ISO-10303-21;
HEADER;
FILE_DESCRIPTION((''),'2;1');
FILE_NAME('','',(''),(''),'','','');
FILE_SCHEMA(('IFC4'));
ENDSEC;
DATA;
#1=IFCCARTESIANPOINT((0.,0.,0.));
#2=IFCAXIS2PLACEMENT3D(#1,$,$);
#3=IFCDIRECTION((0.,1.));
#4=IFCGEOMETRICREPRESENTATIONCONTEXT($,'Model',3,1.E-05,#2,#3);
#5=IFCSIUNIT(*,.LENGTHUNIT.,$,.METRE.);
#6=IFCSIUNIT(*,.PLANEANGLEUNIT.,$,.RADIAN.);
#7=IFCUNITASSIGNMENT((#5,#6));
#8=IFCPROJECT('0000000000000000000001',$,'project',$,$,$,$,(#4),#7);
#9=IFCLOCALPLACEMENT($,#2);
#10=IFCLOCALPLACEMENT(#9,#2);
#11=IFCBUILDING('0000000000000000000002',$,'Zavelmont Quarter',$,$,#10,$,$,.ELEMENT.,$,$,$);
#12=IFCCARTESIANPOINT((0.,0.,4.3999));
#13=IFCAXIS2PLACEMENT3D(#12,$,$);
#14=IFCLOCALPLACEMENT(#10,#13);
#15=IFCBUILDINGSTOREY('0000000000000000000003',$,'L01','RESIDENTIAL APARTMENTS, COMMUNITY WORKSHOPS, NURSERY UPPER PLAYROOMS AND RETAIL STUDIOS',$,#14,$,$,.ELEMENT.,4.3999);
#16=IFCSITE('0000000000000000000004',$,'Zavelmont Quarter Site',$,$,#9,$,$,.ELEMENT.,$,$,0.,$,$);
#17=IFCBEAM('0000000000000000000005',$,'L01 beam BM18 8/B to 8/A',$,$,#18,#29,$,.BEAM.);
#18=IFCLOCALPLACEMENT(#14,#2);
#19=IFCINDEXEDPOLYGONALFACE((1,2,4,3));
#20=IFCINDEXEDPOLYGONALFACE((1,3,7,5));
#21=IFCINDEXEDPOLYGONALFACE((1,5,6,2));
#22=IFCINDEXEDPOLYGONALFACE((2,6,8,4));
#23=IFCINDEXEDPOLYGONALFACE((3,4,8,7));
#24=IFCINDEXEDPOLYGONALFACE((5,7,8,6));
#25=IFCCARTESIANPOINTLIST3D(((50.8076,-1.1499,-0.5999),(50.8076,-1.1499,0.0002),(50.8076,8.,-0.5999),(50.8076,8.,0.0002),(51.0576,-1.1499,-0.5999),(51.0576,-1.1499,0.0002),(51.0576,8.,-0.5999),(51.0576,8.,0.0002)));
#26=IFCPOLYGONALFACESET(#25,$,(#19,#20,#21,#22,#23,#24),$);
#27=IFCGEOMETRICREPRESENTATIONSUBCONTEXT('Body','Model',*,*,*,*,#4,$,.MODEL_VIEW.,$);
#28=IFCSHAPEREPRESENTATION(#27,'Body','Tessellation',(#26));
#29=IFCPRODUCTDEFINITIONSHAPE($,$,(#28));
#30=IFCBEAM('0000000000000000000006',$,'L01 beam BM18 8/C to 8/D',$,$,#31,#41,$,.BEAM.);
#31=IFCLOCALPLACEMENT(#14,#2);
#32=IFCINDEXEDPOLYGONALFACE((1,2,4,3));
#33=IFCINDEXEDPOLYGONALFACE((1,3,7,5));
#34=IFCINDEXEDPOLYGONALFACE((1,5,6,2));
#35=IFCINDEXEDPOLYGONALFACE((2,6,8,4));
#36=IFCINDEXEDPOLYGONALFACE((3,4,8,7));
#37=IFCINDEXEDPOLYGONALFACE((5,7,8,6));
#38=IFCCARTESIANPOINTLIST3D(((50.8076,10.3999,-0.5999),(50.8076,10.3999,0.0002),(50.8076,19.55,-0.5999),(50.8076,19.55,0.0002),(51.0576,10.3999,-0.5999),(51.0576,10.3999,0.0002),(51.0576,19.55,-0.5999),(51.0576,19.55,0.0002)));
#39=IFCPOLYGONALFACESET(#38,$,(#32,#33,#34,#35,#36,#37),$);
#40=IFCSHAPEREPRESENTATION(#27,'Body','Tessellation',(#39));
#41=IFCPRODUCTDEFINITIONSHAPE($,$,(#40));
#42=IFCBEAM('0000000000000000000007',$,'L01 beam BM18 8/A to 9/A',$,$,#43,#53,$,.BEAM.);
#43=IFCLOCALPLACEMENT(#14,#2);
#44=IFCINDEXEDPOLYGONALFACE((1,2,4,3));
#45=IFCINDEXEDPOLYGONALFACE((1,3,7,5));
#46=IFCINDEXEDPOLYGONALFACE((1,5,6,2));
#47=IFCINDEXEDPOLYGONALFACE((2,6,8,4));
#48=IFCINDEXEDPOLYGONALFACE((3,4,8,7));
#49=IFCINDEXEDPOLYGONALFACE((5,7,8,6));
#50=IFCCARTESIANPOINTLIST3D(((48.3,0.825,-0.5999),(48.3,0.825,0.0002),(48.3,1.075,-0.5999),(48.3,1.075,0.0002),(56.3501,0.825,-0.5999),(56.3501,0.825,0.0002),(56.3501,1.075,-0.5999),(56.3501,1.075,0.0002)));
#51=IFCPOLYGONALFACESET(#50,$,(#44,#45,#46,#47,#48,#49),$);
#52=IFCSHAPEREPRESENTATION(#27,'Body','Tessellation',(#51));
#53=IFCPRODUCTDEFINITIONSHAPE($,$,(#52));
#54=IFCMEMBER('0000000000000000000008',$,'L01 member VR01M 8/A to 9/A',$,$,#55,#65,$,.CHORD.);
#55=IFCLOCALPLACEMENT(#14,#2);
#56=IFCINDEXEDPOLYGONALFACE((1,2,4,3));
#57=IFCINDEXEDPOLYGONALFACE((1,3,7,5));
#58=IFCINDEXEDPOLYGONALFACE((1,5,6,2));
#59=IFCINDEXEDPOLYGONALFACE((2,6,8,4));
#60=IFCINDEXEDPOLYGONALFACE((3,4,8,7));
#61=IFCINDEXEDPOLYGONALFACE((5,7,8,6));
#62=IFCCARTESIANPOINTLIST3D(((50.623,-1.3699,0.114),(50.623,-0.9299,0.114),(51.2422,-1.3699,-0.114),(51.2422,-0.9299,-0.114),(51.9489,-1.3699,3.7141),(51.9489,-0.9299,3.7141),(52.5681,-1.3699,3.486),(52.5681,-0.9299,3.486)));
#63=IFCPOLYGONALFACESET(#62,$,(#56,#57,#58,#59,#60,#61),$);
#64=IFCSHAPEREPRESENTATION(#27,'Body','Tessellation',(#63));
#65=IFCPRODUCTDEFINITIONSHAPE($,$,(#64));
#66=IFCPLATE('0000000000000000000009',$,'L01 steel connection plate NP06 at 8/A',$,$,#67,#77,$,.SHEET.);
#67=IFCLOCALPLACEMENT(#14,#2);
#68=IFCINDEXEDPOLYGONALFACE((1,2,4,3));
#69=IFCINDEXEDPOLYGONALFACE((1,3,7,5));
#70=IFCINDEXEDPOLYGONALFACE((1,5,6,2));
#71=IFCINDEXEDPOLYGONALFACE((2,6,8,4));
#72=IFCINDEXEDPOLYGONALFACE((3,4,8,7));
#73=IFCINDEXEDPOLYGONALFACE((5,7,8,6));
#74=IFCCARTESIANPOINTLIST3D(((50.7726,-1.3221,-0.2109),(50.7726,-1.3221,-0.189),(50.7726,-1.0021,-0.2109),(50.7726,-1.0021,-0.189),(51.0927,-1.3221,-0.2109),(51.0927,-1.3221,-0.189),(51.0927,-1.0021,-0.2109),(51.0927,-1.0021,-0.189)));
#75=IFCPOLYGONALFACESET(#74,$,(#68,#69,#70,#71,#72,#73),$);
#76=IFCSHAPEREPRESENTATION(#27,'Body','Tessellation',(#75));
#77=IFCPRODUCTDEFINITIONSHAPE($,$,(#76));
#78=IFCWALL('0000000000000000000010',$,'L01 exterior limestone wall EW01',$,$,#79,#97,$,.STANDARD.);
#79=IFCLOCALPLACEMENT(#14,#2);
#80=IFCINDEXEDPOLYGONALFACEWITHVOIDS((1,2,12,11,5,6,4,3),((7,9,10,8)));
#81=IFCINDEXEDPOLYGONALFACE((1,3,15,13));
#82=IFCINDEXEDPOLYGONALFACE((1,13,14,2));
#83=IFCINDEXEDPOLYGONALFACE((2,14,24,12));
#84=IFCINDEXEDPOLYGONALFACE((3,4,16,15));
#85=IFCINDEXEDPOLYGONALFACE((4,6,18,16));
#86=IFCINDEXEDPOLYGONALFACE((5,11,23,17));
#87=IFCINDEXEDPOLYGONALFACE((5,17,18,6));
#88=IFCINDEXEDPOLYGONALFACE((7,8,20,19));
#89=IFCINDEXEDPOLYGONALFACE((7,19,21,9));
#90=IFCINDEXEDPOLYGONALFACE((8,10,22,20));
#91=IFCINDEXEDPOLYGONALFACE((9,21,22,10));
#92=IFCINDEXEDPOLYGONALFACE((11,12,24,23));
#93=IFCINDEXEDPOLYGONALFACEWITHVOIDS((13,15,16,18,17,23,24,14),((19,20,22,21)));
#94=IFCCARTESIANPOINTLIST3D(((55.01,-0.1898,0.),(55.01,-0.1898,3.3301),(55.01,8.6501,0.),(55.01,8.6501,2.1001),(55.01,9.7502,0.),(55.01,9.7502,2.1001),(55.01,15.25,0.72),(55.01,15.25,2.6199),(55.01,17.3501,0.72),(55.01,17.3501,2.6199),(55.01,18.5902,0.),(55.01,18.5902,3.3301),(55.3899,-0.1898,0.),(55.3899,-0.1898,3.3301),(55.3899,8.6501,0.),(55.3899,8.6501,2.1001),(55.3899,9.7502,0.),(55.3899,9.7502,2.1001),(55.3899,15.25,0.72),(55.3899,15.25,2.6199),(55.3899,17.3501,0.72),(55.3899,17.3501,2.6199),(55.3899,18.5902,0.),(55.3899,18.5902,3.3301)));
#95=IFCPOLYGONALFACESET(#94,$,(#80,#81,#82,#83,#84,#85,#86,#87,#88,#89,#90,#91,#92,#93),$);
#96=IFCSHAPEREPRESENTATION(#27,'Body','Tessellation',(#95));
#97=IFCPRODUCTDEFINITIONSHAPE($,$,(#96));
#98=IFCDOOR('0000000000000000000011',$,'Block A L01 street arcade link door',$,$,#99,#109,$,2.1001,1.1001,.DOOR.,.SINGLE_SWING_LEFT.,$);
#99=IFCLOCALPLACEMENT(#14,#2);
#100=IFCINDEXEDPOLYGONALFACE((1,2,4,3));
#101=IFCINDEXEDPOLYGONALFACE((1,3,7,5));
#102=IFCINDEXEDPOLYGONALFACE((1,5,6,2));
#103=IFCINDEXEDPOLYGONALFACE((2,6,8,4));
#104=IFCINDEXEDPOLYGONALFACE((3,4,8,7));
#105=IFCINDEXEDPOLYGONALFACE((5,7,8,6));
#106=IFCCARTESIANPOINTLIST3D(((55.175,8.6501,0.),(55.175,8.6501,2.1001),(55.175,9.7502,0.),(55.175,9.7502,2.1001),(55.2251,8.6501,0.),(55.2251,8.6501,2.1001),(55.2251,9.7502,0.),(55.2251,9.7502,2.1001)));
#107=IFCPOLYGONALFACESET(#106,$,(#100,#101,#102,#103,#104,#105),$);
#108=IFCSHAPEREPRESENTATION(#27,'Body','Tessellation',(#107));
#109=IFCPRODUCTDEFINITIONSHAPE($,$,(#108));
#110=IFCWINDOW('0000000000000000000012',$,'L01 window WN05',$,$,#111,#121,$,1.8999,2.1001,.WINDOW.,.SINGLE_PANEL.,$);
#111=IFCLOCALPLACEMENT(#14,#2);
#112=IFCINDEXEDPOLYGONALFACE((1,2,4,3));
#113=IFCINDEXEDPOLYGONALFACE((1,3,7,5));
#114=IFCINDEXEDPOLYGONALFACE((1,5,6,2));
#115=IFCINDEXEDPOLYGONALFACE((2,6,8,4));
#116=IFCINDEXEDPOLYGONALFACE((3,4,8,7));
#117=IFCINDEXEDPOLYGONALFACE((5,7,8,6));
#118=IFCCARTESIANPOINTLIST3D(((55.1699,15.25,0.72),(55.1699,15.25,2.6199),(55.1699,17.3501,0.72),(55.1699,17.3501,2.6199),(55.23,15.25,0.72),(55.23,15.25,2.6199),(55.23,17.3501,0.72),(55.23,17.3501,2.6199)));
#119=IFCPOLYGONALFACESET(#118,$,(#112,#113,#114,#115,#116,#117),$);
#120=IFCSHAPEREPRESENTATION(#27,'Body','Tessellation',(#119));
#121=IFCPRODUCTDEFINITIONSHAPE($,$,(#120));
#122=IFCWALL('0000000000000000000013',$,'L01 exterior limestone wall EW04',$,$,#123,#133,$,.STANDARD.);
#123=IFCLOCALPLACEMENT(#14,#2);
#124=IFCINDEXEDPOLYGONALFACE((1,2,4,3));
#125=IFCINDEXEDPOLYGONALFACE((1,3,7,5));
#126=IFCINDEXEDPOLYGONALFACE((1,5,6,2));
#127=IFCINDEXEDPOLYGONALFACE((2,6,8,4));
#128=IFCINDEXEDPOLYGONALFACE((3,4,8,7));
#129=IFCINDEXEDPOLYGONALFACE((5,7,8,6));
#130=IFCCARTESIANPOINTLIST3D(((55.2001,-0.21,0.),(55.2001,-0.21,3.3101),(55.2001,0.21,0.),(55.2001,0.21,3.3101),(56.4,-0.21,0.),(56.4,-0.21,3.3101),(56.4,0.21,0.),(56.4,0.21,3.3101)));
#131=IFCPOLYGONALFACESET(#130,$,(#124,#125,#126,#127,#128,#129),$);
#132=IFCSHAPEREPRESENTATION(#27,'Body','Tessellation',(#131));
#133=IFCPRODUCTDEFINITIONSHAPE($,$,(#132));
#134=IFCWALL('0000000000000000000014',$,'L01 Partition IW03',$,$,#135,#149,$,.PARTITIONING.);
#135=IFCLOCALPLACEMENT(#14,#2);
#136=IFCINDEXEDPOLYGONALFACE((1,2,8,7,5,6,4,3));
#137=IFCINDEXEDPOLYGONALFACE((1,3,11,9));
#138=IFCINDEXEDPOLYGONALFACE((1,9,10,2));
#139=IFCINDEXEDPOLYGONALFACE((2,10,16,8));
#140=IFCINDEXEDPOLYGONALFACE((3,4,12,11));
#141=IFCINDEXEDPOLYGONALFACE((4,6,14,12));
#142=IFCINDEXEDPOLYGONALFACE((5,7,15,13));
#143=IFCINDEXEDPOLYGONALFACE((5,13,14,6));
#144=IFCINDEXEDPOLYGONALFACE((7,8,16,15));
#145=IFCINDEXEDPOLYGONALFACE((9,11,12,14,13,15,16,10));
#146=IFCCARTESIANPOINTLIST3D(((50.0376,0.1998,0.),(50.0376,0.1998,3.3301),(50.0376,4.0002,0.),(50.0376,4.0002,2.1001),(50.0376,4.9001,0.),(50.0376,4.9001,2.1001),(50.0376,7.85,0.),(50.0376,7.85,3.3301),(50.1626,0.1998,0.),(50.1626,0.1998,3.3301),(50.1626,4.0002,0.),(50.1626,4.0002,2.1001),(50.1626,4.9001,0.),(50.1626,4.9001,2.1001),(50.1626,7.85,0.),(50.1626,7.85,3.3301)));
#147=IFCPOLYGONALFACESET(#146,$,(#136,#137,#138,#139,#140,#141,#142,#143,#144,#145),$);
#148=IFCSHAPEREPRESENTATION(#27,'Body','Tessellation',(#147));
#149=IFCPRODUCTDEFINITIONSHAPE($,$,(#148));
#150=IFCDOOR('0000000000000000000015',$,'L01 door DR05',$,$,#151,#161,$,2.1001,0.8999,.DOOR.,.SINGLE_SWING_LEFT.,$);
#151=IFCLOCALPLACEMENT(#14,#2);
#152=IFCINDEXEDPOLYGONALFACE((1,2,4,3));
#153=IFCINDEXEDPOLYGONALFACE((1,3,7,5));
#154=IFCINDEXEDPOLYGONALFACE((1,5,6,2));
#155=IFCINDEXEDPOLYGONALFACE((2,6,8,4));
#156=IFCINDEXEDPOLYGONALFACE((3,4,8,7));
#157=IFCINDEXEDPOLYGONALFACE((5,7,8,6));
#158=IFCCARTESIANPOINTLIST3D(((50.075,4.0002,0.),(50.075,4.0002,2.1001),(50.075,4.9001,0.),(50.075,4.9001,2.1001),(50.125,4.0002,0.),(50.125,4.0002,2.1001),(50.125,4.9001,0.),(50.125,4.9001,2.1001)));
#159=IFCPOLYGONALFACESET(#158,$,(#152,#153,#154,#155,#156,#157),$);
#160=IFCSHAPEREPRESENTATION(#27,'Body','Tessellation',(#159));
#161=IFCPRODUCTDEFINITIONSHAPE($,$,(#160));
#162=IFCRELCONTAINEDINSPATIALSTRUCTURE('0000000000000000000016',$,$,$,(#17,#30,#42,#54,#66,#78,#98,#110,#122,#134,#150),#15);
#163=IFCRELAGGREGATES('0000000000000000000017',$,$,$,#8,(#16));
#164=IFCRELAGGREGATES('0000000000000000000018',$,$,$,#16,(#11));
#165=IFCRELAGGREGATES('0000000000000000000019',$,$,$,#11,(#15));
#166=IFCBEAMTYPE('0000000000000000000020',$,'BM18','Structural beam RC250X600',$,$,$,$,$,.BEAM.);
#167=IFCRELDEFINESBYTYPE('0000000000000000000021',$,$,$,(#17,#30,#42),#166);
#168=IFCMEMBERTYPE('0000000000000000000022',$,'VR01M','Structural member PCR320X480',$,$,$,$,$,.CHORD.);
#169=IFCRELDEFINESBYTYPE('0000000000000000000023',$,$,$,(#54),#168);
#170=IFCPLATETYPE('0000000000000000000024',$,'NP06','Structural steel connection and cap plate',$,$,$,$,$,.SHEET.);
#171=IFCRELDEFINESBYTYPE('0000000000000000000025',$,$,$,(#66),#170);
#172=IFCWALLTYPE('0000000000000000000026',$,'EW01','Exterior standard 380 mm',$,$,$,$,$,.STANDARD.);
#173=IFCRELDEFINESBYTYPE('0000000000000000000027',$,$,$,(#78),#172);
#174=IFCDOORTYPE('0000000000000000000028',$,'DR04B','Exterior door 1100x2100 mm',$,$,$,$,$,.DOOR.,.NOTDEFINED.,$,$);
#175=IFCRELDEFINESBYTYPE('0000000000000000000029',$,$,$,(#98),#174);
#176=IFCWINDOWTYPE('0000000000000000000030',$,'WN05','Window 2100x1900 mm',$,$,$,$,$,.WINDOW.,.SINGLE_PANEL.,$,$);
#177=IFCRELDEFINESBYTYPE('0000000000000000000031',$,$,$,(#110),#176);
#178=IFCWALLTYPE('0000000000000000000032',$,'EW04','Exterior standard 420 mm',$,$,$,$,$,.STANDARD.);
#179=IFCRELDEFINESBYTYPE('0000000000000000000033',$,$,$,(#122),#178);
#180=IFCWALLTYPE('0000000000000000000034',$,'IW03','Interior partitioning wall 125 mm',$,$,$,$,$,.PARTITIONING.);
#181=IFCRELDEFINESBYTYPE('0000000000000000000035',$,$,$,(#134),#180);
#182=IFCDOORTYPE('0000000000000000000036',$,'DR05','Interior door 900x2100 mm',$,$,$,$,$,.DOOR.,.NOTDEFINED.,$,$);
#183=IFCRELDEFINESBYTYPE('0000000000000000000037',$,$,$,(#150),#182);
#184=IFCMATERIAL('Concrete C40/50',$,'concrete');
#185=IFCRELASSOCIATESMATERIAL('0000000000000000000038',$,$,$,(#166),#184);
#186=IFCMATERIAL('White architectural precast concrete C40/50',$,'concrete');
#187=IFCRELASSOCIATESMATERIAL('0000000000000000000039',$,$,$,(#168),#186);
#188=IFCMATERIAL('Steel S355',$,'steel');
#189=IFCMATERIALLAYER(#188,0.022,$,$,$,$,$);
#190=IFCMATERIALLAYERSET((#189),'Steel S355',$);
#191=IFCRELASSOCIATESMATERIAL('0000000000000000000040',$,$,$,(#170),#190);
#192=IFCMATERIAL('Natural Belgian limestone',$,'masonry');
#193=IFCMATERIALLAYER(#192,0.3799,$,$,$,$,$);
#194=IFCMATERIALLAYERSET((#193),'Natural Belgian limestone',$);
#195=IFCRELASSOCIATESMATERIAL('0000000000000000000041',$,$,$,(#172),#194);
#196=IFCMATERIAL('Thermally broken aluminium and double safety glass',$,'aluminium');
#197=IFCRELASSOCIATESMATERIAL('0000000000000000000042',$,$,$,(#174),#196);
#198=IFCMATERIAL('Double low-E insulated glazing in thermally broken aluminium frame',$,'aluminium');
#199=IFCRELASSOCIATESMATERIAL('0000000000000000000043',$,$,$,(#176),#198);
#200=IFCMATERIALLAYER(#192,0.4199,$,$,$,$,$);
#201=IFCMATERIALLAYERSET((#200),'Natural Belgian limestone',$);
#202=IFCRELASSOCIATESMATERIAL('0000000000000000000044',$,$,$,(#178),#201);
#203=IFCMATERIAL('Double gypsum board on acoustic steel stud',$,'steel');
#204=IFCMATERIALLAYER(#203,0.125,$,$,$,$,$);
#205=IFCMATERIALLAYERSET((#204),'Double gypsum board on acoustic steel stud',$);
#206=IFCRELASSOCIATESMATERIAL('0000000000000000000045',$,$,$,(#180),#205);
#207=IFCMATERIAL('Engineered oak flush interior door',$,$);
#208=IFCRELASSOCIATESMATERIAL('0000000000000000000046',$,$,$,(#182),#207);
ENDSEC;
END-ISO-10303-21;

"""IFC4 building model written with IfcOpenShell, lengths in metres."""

from ifc_helpers import new_model, si_unit, direction, frame, frame_2d, origin, origin_with_axes, origin_2d, place, context, subcontext, project, spatial, rectangle, extrude, material, layer, layer_set, material_profile, profile_set, type_object, element, fill, save


model = new_model("IFC4")

# Units and contexts
model_context = context("Model", 3, precision=1e-05, world=origin(), true_north=direction((0.0, 1.0)))
body_context = subcontext(model_context, "Body", "Model", "MODEL_VIEW")
ifc_project = project(units=[si_unit("LENGTHUNIT", "METRE"), si_unit("PLANEANGLEUNIT", "RADIAN")], contexts=[model_context])

# Site, building, storey
site_placement = place(None, origin())
site = spatial("IfcSite", under=ifc_project, at=site_placement, Name="Zavelmont Quarter Site", CompositionType="ELEMENT", RefElevation=0.0)
building_placement = place(site_placement, origin())
building = spatial("IfcBuilding", under=site, at=building_placement, Name="Zavelmont Quarter", CompositionType="ELEMENT")
storey_placement = place(building_placement, frame((0.0, 0.0, 4.3999)))
storey = spatial("IfcBuildingStorey", under=building, at=storey_placement, Name="L01", Description="RESIDENTIAL APARTMENTS, COMMUNITY WORKSHOPS, NURSERY UPPER PLAYROOMS AND RETAIL STUDIOS", CompositionType="ELEMENT", Elevation=4.3999)

# Shared definitions
ifc_material_1 = material(Name="Concrete C40/50", Category="concrete")

# Beams
ifc_material_2 = material(Name="Steel S355", Category="steel")
ifc_material_profile_1 = material_profile(ifc_material_1, rectangle(XDim=0.25, YDim=0.6001, at=origin_2d()), Name="RC250X600")
ifc_profile_set_1 = profile_set([ifc_material_profile_1], Name="Concrete C40/50")
beam_type_1 = type_object("IfcBeamType", Name="BM18", Description="Structural beam RC250X600", PredefinedType="BEAM", material=ifc_profile_set_1)
beam_1_placement = place(storey_placement, frame((50.9326, 8.0, -0.2998), z_axis=(0.0, -1.0, 0.0), x_axis=(1.0, 0.0, 0.0)))
element("IfcBeam", 1, at=beam_1_placement, inside=storey, type_object=beam_type_1, Name="L01 beam BM18 8/B to 8/A", PredefinedType="BEAM", context=body_context, shape_type="SweptSolid", body=[
    extrude(rectangle(XDim=0.25, YDim=0.6001, at=origin_2d()), origin(), (0.0, 0.0, 1.0), 9.1499),
])
beam_2_placement = place(storey_placement, frame((50.9326, 10.3999, -0.2998), z_axis=(0.0, 1.0, 0.0), x_axis=(-1.0, 0.0, 0.0)))
element("IfcBeam", 2, at=beam_2_placement, inside=storey, type_object=beam_type_1, Name="L01 beam BM18 8/C to 8/D", PredefinedType="BEAM", context=body_context, shape_type="SweptSolid", body=[
    extrude(rectangle(XDim=0.25, YDim=0.6001, at=origin_2d()), origin(), (0.0, 0.0, 1.0), 9.1501),
])
beam_3_placement = place(storey_placement, frame((48.3, 0.95, -0.2998), z_axis=(1.0, 0.0, 0.0), x_axis=(0.0, 1.0, 0.0)))
element("IfcBeam", 3, at=beam_3_placement, inside=storey, type_object=beam_type_1, Name="L01 beam BM18 8/A to 9/A", PredefinedType="BEAM", context=body_context, shape_type="SweptSolid", body=[
    extrude(rectangle(XDim=0.25, YDim=0.6001, at=origin_2d()), origin(), (0.0, 0.0, 1.0), 8.05),
])

# Member
ifc_material_3 = material(Name="White architectural precast concrete C40/50", Category="concrete")
ifc_material_profile_2 = material_profile(ifc_material_3, rectangle(XDim=0.4399, YDim=0.6599, at=origin_2d()), Name="PCR320X480")
ifc_profile_set_2 = profile_set([ifc_material_profile_2], Name="White architectural precast concrete C40/50")
member_type = type_object("IfcMemberType", Name="VR01M", Description="Structural member PCR320X480", PredefinedType="CHORD", material=ifc_profile_set_2)
member_placement = place(storey_placement, frame((50.9326, -1.1499, 0.0), z_axis=(0.345608, 0.0, 0.938379), x_axis=(0.0, 1.0, 0.0)))
element("IfcMember", 4, at=member_placement, inside=storey, type_object=member_type, Name="L01 member VR01M 8/A to 9/A", PredefinedType="CHORD", context=body_context, shape_type="SweptSolid", body=[
    extrude(rectangle(XDim=0.4399, YDim=0.6599, at=origin_2d()), origin(), (0.0, 0.0, 1.0), 3.8364),
])

# Plate
ifc_layer_1 = layer(ifc_material_2, 0.022)
ifc_layer_set_1 = layer_set([ifc_layer_1], Name="Steel S355")
plate_type = type_object("IfcPlateType", Name="NP06", Description="Structural steel connection and cap plate", PredefinedType="SHEET", material=ifc_layer_set_1)
plate_placement = place(storey_placement, frame((50.9326, -1.1621, -0.2109), z_axis=(0.0, 0.0, 1.0), x_axis=(1.0, 0.0, 0.0)))
element("IfcPlate", 5, at=plate_placement, inside=storey, type_object=plate_type, Name="L01 steel connection plate NP06 at 8/A", PredefinedType="SHEET", context=body_context, shape_type="SweptSolid", body=[
    extrude(rectangle(XDim=0.3201, YDim=0.3201, at=origin_2d()), origin(), (0.0, 0.0, 1.0), 0.022),
])

# Wall, openings, door, window
ifc_material_4 = material(Name="Natural Belgian limestone", Category="masonry")
ifc_layer_2 = layer(ifc_material_4, 0.3799)
ifc_layer_set_2 = layer_set([ifc_layer_2], Name="Natural Belgian limestone")
wall_type_1 = type_object("IfcWallType", Name="EW01", Description="Exterior standard 380 mm", PredefinedType="STANDARD", material=ifc_layer_set_2)
wall_1_placement = place(storey_placement, frame((55.2, -0.1899, 0.0), z_axis=(0.0, 0.0, 1.0), x_axis=(0.0, 1.0, 0.0)))
wall_1 = element("IfcWall", 6, at=wall_1_placement, inside=storey, type_object=wall_type_1, Name="L01 exterior limestone wall EW01", PredefinedType="STANDARD", context=body_context, shape_type="SweptSolid", body=[
    extrude(rectangle(XDim=18.78, YDim=0.3799, at=frame_2d((9.3901, 0.0))), origin(), (0.0, 0.0, 1.0), 3.3301),
])
opening_1_placement = place(wall_1_placement, frame((8.8401, 0.0, 0.0)))
opening_1 = element("IfcOpeningElement", 7, at=opening_1_placement, cuts=wall_1, PredefinedType="OPENING", context=body_context, shape_type="SweptSolid", body=[
    extrude(rectangle(XDim=1.1001, YDim=2.1001, at=frame_2d((0.55, 1.05))), frame((0.0, 0.2019, 0.0), z_axis=(0.0, -1.0, 0.0), x_axis=(1.0, 0.0, 0.0)), (0.0, 0.0, 1.0), 0.4038),
])
opening_2_placement = place(wall_1_placement, frame((15.4399, 0.0, 0.72)))
opening_2 = element("IfcOpeningElement", 8, at=opening_2_placement, cuts=wall_1, PredefinedType="OPENING", context=body_context, shape_type="SweptSolid", body=[
    extrude(rectangle(XDim=2.1001, YDim=1.8999, at=frame_2d((1.05, 0.95))), frame((0.0, 0.2019, 0.0), z_axis=(0.0, -1.0, 0.0), x_axis=(1.0, 0.0, 0.0)), (0.0, 0.0, 1.0), 0.4038),
])
ifc_material_5 = material(Name="Thermally broken aluminium and double safety glass", Category="aluminium")
door_type_1 = type_object("IfcDoorType", Name="DR04B", Description="Exterior door 1100x2100 mm", OperationType="NOTDEFINED", PredefinedType="DOOR", material=ifc_material_5)
door_1_placement = place(opening_1_placement, origin_with_axes())
door_1 = element("IfcDoor", 9, at=door_1_placement, inside=storey, type_object=door_type_1, Name="Block A L01 street arcade link door", OperationType="SINGLE_SWING_LEFT", OverallHeight=2.1001, OverallWidth=1.1001, PredefinedType="DOOR", context=body_context, shape_type="SweptSolid", body=[
    extrude(rectangle(XDim=1.1001, YDim=2.1001, at=frame_2d((0.55, 1.05))), frame((0.0, 0.0249, 0.0), z_axis=(0.0, -1.0, 0.0), x_axis=(1.0, 0.0, 0.0)), (0.0, 0.0, 1.0), 0.05),
])
fill(opening_1, door_1)
ifc_material_6 = material(Name="Double low-E insulated glazing in thermally broken aluminium frame", Category="aluminium")
window_type = type_object("IfcWindowType", Name="WN05", Description="Window 2100x1900 mm", PartitioningType="SINGLE_PANEL", PredefinedType="WINDOW", material=ifc_material_6)
window_placement = place(opening_2_placement, origin_with_axes())
window = element("IfcWindow", 10, at=window_placement, inside=storey, type_object=window_type, Name="L01 window WN05", OverallHeight=1.8999, OverallWidth=2.1001, PartitioningType="SINGLE_PANEL", PredefinedType="WINDOW", context=body_context, shape_type="SweptSolid", body=[
    extrude(rectangle(XDim=2.1001, YDim=1.8999, at=frame_2d((1.05, 0.95))), frame((0.0, 0.03, 0.0), z_axis=(0.0, -1.0, 0.0), x_axis=(1.0, 0.0, 0.0)), (0.0, 0.0, 1.0), 0.0601),
])
fill(opening_2, window)

# Wall
ifc_layer_3 = layer(ifc_material_4, 0.4199)
ifc_layer_set_3 = layer_set([ifc_layer_3], Name="Natural Belgian limestone")
wall_type_2 = type_object("IfcWallType", Name="EW04", Description="Exterior standard 420 mm", PredefinedType="STANDARD", material=ifc_layer_set_3)
wall_2_placement = place(storey_placement, frame((55.2, 0.0, 0.0), z_axis=(0.0, 0.0, 1.0), x_axis=(1.0, 0.0, 0.0)))
element("IfcWall", 11, at=wall_2_placement, inside=storey, type_object=wall_type_2, Name="L01 exterior limestone wall EW04", PredefinedType="STANDARD", context=body_context, shape_type="SweptSolid", body=[
    extrude(rectangle(XDim=1.2, YDim=0.4199, at=frame_2d((0.6001, 0.0))), origin(), (0.0, 0.0, 1.0), 3.3101),
])

# Wall, opening, door
ifc_material_7 = material(Name="Double gypsum board on acoustic steel stud", Category="steel")
ifc_layer_4 = layer(ifc_material_7, 0.125)
ifc_layer_set_4 = layer_set([ifc_layer_4], Name="Double gypsum board on acoustic steel stud")
wall_type_3 = type_object("IfcWallType", Name="IW03", Description="Interior partitioning wall 125 mm", PredefinedType="PARTITIONING", material=ifc_layer_set_4)
wall_3_placement = place(storey_placement, frame((50.1001, 7.8501, 0.0), z_axis=(0.0, 0.0, 1.0), x_axis=(0.0, -1.0, 0.0)))
wall_3 = element("IfcWall", 12, at=wall_3_placement, inside=storey, type_object=wall_type_3, Name="L01 Partition IW03", PredefinedType="PARTITIONING", context=body_context, shape_type="SweptSolid", body=[
    extrude(rectangle(XDim=7.6501, YDim=0.125, at=frame_2d((3.8252, 0.0))), origin(), (0.0, 0.0, 1.0), 3.3301),
])
opening_3_placement = place(wall_3_placement, frame((2.95, 0.0, 0.0)))
opening_3 = element("IfcOpeningElement", 13, at=opening_3_placement, cuts=wall_3, PredefinedType="OPENING", context=body_context, shape_type="SweptSolid", body=[
    extrude(rectangle(XDim=0.8999, YDim=2.1001, at=frame_2d((0.45, 1.05))), frame((0.0, 0.0745, 0.0), z_axis=(0.0, -1.0, 0.0), x_axis=(1.0, 0.0, 0.0)), (0.0, 0.0, 1.0), 0.1489),
])
ifc_material_8 = material(Name="Engineered oak flush interior door")
door_type_2 = type_object("IfcDoorType", Name="DR05", Description="Interior door 900x2100 mm", OperationType="NOTDEFINED", PredefinedType="DOOR", material=ifc_material_8)
door_2_placement = place(opening_3_placement, origin_with_axes())
door_2 = element("IfcDoor", 14, at=door_2_placement, inside=storey, type_object=door_type_2, Name="L01 door DR05", OperationType="SINGLE_SWING_LEFT", OverallHeight=2.1001, OverallWidth=0.8999, PredefinedType="DOOR", context=body_context, shape_type="SweptSolid", body=[
    extrude(rectangle(XDim=0.8999, YDim=2.1001, at=frame_2d((0.45, 1.05))), frame((0.0, 0.0249, 0.0), z_axis=(0.0, -1.0, 0.0), x_axis=(1.0, 0.0, 0.0)), (0.0, 0.0, 1.0), 0.05),
])
fill(opening_3, door_2)

save(model, "model.ifc")
